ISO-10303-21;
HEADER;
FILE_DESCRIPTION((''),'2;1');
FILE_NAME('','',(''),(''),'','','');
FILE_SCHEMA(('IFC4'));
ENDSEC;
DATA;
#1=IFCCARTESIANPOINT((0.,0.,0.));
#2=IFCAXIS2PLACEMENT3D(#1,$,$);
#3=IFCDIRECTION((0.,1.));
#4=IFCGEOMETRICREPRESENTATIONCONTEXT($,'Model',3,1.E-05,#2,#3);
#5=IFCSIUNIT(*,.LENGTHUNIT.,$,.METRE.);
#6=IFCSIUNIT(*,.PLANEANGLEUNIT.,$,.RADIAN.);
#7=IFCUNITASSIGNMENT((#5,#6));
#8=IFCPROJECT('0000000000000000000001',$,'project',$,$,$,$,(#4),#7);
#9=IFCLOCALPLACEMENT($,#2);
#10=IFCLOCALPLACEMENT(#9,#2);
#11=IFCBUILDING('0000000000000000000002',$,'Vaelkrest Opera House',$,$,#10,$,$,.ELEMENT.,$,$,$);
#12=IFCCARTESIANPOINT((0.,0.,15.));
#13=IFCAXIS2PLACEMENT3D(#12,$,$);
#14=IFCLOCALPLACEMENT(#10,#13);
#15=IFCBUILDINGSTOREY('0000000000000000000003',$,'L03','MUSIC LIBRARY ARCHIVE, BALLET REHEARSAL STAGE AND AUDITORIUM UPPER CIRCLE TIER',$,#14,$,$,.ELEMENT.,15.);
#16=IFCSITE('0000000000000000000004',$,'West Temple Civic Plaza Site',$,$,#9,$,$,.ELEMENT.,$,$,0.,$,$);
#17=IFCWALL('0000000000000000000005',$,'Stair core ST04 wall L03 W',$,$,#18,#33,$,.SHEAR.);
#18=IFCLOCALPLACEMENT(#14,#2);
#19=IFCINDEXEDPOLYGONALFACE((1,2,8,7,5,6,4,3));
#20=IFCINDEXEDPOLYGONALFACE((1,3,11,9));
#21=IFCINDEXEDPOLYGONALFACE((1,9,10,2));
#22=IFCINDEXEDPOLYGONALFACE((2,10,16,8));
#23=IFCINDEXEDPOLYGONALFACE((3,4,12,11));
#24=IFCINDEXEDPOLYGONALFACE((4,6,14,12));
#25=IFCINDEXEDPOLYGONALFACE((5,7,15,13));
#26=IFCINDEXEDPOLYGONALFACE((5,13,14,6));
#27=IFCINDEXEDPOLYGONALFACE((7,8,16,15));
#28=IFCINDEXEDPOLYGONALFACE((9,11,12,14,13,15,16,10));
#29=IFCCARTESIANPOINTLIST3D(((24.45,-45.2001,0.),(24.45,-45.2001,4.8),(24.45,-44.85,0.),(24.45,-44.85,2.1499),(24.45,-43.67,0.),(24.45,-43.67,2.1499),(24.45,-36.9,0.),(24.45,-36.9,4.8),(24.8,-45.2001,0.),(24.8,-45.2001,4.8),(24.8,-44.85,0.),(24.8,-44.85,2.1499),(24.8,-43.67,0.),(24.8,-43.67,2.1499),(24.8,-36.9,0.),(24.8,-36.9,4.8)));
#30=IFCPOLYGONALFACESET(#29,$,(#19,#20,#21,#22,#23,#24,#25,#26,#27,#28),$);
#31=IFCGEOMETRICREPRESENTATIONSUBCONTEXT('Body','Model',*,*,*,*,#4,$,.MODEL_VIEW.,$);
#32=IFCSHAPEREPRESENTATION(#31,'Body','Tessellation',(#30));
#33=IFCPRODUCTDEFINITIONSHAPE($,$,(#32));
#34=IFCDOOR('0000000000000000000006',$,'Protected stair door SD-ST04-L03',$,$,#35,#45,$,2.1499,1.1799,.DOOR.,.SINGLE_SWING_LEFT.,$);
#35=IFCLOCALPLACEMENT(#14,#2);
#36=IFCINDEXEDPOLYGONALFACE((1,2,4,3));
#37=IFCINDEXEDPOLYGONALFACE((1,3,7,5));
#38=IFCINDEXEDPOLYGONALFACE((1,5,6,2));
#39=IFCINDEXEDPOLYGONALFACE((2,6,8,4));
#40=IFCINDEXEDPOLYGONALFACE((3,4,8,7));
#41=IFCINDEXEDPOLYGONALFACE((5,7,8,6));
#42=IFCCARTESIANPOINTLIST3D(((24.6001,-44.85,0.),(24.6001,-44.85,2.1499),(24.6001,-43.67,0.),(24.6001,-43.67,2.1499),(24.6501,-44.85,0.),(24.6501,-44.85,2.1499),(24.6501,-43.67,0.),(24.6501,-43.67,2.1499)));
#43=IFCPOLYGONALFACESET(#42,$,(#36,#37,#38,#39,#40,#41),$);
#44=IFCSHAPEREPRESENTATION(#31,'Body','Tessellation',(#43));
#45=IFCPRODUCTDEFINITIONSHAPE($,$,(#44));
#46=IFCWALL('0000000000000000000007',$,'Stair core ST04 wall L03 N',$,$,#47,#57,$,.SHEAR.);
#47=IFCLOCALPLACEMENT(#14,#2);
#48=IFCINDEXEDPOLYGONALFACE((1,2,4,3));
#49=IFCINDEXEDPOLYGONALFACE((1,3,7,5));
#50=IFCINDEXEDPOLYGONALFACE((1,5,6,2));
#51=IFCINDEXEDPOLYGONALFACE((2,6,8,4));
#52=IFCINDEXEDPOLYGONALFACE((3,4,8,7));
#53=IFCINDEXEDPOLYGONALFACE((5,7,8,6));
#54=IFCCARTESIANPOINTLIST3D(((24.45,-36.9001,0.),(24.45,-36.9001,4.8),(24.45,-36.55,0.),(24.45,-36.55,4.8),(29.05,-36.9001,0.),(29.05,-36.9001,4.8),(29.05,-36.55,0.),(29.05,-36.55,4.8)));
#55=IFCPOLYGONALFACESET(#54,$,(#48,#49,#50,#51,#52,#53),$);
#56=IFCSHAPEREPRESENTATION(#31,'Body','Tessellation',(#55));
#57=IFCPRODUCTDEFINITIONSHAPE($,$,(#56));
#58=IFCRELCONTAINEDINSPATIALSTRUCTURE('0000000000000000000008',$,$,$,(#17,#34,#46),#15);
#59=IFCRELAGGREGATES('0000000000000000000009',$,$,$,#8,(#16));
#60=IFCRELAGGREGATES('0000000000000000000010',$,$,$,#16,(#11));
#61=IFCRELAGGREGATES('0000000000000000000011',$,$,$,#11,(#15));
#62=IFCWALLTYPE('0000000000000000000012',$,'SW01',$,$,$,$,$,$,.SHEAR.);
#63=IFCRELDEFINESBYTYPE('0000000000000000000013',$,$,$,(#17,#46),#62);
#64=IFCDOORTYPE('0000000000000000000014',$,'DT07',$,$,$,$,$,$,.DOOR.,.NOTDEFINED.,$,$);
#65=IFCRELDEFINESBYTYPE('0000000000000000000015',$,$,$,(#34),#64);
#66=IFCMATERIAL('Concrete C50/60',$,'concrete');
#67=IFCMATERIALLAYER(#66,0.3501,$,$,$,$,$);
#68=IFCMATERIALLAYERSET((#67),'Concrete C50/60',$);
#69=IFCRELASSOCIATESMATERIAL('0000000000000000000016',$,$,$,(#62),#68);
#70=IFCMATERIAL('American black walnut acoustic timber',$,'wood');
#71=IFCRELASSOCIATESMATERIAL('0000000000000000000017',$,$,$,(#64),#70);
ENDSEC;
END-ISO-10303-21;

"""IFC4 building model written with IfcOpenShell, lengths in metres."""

from ifc_helpers import new_model, si_unit, direction, frame, frame_2d, origin, place, context, subcontext, project, spatial, rectangle, extrude, material, layer, layer_set, type_object, element, fill, save


model = new_model("IFC4")

# Units and contexts
model_context = context("Model", 3, precision=1e-05, world=origin(), true_north=direction((0.0, 1.0)))
body_context = subcontext(model_context, "Body", "Model", "MODEL_VIEW")
ifc_project = project(units=[si_unit("LENGTHUNIT", "METRE"), si_unit("PLANEANGLEUNIT", "RADIAN")], contexts=[model_context])

# Site, building, storey
site_placement = place(None, origin())
site = spatial("IfcSite", under=ifc_project, at=site_placement, Name="West Temple Civic Plaza Site", CompositionType="ELEMENT", RefElevation=0.0)
building_placement = place(site_placement, origin())
building = spatial("IfcBuilding", under=site, at=building_placement, Name="Vaelkrest Opera House", CompositionType="ELEMENT")
storey_placement = place(building_placement, frame((0.0, 0.0, 15.0)))
storey = spatial("IfcBuildingStorey", under=building, at=storey_placement, Name="L03", Description="MUSIC LIBRARY ARCHIVE, BALLET REHEARSAL STAGE AND AUDITORIUM UPPER CIRCLE TIER", CompositionType="ELEMENT", Elevation=15.0)

# Shared definitions
ifc_material_1 = material(Name="Concrete C50/60", Category="concrete")

# Shared definitions
ifc_material_2 = material(Name="American black walnut acoustic timber", Category="wood")

# Wall, opening, door
ifc_layer_1 = layer(ifc_material_1, 0.3501)
ifc_layer_set_1 = layer_set([ifc_layer_1], Name="Concrete C50/60")
wall_type_1 = type_object("IfcWallType", Name="SW01", PredefinedType="SHEAR", material=ifc_layer_set_1)
wall_1_placement = place(storey_placement, frame((24.625, -45.2, 0.0), z_axis=(0.0, 0.0, 1.0), x_axis=(0.0, 1.0, 0.0)))
wall_1 = element("IfcWall", 1, at=wall_1_placement, inside=storey, type_object=wall_type_1, Name="Stair core ST04 wall L03 W", PredefinedType="SHEAR", context=body_context, shape_type="SweptSolid", body=[
    extrude(rectangle(XDim=8.3, YDim=0.3501, at=frame_2d((4.1499, 0.0))), origin(), (0.0, 0.0, 1.0), 4.8),
])
opening_1_placement = place(wall_1_placement, frame((0.3501, 0.0, 0.0)))
opening_1 = element("IfcOpeningElement", 2, at=opening_1_placement, cuts=wall_1, PredefinedType="OPENING", context=body_context, shape_type="SweptSolid", body=[
    extrude(rectangle(XDim=1.1799, YDim=2.1499, at=frame_2d((0.5898, 1.075))), frame((0.0, 0.1851, 0.0), z_axis=(0.0, -1.0, 0.0), x_axis=(1.0, 0.0, 0.0)), (0.0, 0.0, 1.0), 0.3701),
])
door_type_1 = type_object("IfcDoorType", Name="DT07", OperationType="NOTDEFINED", PredefinedType="DOOR", material=ifc_material_2)
door_1_placement = place(opening_1_placement, origin())
door_1 = element("IfcDoor", 3, at=door_1_placement, inside=storey, type_object=door_type_1, Name="Protected stair door SD-ST04-L03", OperationType="SINGLE_SWING_LEFT", OverallHeight=2.1499, OverallWidth=1.1799, PredefinedType="DOOR", context=body_context, shape_type="SweptSolid", body=[
    extrude(rectangle(XDim=1.1799, YDim=2.1499, at=frame_2d((0.5898, 1.075))), frame((0.0, 0.0249, 0.0), z_axis=(0.0, -1.0, 0.0), x_axis=(1.0, 0.0, 0.0)), (0.0, 0.0, 1.0), 0.05),
])
fill(opening_1, door_1)

# Wall
wall_2_placement = place(storey_placement, frame((24.45, -36.7251, 0.0), z_axis=(0.0, 0.0, 1.0), x_axis=(1.0, 0.0, 0.0)))
element("IfcWall", 4, at=wall_2_placement, inside=storey, type_object=wall_type_1, Name="Stair core ST04 wall L03 N", PredefinedType="SHEAR", context=body_context, shape_type="SweptSolid", body=[
    extrude(rectangle(XDim=4.6001, YDim=0.3501, at=frame_2d((2.3, 0.0))), origin(), (0.0, 0.0, 1.0), 4.8),
])

save(model, "model.ifc")
